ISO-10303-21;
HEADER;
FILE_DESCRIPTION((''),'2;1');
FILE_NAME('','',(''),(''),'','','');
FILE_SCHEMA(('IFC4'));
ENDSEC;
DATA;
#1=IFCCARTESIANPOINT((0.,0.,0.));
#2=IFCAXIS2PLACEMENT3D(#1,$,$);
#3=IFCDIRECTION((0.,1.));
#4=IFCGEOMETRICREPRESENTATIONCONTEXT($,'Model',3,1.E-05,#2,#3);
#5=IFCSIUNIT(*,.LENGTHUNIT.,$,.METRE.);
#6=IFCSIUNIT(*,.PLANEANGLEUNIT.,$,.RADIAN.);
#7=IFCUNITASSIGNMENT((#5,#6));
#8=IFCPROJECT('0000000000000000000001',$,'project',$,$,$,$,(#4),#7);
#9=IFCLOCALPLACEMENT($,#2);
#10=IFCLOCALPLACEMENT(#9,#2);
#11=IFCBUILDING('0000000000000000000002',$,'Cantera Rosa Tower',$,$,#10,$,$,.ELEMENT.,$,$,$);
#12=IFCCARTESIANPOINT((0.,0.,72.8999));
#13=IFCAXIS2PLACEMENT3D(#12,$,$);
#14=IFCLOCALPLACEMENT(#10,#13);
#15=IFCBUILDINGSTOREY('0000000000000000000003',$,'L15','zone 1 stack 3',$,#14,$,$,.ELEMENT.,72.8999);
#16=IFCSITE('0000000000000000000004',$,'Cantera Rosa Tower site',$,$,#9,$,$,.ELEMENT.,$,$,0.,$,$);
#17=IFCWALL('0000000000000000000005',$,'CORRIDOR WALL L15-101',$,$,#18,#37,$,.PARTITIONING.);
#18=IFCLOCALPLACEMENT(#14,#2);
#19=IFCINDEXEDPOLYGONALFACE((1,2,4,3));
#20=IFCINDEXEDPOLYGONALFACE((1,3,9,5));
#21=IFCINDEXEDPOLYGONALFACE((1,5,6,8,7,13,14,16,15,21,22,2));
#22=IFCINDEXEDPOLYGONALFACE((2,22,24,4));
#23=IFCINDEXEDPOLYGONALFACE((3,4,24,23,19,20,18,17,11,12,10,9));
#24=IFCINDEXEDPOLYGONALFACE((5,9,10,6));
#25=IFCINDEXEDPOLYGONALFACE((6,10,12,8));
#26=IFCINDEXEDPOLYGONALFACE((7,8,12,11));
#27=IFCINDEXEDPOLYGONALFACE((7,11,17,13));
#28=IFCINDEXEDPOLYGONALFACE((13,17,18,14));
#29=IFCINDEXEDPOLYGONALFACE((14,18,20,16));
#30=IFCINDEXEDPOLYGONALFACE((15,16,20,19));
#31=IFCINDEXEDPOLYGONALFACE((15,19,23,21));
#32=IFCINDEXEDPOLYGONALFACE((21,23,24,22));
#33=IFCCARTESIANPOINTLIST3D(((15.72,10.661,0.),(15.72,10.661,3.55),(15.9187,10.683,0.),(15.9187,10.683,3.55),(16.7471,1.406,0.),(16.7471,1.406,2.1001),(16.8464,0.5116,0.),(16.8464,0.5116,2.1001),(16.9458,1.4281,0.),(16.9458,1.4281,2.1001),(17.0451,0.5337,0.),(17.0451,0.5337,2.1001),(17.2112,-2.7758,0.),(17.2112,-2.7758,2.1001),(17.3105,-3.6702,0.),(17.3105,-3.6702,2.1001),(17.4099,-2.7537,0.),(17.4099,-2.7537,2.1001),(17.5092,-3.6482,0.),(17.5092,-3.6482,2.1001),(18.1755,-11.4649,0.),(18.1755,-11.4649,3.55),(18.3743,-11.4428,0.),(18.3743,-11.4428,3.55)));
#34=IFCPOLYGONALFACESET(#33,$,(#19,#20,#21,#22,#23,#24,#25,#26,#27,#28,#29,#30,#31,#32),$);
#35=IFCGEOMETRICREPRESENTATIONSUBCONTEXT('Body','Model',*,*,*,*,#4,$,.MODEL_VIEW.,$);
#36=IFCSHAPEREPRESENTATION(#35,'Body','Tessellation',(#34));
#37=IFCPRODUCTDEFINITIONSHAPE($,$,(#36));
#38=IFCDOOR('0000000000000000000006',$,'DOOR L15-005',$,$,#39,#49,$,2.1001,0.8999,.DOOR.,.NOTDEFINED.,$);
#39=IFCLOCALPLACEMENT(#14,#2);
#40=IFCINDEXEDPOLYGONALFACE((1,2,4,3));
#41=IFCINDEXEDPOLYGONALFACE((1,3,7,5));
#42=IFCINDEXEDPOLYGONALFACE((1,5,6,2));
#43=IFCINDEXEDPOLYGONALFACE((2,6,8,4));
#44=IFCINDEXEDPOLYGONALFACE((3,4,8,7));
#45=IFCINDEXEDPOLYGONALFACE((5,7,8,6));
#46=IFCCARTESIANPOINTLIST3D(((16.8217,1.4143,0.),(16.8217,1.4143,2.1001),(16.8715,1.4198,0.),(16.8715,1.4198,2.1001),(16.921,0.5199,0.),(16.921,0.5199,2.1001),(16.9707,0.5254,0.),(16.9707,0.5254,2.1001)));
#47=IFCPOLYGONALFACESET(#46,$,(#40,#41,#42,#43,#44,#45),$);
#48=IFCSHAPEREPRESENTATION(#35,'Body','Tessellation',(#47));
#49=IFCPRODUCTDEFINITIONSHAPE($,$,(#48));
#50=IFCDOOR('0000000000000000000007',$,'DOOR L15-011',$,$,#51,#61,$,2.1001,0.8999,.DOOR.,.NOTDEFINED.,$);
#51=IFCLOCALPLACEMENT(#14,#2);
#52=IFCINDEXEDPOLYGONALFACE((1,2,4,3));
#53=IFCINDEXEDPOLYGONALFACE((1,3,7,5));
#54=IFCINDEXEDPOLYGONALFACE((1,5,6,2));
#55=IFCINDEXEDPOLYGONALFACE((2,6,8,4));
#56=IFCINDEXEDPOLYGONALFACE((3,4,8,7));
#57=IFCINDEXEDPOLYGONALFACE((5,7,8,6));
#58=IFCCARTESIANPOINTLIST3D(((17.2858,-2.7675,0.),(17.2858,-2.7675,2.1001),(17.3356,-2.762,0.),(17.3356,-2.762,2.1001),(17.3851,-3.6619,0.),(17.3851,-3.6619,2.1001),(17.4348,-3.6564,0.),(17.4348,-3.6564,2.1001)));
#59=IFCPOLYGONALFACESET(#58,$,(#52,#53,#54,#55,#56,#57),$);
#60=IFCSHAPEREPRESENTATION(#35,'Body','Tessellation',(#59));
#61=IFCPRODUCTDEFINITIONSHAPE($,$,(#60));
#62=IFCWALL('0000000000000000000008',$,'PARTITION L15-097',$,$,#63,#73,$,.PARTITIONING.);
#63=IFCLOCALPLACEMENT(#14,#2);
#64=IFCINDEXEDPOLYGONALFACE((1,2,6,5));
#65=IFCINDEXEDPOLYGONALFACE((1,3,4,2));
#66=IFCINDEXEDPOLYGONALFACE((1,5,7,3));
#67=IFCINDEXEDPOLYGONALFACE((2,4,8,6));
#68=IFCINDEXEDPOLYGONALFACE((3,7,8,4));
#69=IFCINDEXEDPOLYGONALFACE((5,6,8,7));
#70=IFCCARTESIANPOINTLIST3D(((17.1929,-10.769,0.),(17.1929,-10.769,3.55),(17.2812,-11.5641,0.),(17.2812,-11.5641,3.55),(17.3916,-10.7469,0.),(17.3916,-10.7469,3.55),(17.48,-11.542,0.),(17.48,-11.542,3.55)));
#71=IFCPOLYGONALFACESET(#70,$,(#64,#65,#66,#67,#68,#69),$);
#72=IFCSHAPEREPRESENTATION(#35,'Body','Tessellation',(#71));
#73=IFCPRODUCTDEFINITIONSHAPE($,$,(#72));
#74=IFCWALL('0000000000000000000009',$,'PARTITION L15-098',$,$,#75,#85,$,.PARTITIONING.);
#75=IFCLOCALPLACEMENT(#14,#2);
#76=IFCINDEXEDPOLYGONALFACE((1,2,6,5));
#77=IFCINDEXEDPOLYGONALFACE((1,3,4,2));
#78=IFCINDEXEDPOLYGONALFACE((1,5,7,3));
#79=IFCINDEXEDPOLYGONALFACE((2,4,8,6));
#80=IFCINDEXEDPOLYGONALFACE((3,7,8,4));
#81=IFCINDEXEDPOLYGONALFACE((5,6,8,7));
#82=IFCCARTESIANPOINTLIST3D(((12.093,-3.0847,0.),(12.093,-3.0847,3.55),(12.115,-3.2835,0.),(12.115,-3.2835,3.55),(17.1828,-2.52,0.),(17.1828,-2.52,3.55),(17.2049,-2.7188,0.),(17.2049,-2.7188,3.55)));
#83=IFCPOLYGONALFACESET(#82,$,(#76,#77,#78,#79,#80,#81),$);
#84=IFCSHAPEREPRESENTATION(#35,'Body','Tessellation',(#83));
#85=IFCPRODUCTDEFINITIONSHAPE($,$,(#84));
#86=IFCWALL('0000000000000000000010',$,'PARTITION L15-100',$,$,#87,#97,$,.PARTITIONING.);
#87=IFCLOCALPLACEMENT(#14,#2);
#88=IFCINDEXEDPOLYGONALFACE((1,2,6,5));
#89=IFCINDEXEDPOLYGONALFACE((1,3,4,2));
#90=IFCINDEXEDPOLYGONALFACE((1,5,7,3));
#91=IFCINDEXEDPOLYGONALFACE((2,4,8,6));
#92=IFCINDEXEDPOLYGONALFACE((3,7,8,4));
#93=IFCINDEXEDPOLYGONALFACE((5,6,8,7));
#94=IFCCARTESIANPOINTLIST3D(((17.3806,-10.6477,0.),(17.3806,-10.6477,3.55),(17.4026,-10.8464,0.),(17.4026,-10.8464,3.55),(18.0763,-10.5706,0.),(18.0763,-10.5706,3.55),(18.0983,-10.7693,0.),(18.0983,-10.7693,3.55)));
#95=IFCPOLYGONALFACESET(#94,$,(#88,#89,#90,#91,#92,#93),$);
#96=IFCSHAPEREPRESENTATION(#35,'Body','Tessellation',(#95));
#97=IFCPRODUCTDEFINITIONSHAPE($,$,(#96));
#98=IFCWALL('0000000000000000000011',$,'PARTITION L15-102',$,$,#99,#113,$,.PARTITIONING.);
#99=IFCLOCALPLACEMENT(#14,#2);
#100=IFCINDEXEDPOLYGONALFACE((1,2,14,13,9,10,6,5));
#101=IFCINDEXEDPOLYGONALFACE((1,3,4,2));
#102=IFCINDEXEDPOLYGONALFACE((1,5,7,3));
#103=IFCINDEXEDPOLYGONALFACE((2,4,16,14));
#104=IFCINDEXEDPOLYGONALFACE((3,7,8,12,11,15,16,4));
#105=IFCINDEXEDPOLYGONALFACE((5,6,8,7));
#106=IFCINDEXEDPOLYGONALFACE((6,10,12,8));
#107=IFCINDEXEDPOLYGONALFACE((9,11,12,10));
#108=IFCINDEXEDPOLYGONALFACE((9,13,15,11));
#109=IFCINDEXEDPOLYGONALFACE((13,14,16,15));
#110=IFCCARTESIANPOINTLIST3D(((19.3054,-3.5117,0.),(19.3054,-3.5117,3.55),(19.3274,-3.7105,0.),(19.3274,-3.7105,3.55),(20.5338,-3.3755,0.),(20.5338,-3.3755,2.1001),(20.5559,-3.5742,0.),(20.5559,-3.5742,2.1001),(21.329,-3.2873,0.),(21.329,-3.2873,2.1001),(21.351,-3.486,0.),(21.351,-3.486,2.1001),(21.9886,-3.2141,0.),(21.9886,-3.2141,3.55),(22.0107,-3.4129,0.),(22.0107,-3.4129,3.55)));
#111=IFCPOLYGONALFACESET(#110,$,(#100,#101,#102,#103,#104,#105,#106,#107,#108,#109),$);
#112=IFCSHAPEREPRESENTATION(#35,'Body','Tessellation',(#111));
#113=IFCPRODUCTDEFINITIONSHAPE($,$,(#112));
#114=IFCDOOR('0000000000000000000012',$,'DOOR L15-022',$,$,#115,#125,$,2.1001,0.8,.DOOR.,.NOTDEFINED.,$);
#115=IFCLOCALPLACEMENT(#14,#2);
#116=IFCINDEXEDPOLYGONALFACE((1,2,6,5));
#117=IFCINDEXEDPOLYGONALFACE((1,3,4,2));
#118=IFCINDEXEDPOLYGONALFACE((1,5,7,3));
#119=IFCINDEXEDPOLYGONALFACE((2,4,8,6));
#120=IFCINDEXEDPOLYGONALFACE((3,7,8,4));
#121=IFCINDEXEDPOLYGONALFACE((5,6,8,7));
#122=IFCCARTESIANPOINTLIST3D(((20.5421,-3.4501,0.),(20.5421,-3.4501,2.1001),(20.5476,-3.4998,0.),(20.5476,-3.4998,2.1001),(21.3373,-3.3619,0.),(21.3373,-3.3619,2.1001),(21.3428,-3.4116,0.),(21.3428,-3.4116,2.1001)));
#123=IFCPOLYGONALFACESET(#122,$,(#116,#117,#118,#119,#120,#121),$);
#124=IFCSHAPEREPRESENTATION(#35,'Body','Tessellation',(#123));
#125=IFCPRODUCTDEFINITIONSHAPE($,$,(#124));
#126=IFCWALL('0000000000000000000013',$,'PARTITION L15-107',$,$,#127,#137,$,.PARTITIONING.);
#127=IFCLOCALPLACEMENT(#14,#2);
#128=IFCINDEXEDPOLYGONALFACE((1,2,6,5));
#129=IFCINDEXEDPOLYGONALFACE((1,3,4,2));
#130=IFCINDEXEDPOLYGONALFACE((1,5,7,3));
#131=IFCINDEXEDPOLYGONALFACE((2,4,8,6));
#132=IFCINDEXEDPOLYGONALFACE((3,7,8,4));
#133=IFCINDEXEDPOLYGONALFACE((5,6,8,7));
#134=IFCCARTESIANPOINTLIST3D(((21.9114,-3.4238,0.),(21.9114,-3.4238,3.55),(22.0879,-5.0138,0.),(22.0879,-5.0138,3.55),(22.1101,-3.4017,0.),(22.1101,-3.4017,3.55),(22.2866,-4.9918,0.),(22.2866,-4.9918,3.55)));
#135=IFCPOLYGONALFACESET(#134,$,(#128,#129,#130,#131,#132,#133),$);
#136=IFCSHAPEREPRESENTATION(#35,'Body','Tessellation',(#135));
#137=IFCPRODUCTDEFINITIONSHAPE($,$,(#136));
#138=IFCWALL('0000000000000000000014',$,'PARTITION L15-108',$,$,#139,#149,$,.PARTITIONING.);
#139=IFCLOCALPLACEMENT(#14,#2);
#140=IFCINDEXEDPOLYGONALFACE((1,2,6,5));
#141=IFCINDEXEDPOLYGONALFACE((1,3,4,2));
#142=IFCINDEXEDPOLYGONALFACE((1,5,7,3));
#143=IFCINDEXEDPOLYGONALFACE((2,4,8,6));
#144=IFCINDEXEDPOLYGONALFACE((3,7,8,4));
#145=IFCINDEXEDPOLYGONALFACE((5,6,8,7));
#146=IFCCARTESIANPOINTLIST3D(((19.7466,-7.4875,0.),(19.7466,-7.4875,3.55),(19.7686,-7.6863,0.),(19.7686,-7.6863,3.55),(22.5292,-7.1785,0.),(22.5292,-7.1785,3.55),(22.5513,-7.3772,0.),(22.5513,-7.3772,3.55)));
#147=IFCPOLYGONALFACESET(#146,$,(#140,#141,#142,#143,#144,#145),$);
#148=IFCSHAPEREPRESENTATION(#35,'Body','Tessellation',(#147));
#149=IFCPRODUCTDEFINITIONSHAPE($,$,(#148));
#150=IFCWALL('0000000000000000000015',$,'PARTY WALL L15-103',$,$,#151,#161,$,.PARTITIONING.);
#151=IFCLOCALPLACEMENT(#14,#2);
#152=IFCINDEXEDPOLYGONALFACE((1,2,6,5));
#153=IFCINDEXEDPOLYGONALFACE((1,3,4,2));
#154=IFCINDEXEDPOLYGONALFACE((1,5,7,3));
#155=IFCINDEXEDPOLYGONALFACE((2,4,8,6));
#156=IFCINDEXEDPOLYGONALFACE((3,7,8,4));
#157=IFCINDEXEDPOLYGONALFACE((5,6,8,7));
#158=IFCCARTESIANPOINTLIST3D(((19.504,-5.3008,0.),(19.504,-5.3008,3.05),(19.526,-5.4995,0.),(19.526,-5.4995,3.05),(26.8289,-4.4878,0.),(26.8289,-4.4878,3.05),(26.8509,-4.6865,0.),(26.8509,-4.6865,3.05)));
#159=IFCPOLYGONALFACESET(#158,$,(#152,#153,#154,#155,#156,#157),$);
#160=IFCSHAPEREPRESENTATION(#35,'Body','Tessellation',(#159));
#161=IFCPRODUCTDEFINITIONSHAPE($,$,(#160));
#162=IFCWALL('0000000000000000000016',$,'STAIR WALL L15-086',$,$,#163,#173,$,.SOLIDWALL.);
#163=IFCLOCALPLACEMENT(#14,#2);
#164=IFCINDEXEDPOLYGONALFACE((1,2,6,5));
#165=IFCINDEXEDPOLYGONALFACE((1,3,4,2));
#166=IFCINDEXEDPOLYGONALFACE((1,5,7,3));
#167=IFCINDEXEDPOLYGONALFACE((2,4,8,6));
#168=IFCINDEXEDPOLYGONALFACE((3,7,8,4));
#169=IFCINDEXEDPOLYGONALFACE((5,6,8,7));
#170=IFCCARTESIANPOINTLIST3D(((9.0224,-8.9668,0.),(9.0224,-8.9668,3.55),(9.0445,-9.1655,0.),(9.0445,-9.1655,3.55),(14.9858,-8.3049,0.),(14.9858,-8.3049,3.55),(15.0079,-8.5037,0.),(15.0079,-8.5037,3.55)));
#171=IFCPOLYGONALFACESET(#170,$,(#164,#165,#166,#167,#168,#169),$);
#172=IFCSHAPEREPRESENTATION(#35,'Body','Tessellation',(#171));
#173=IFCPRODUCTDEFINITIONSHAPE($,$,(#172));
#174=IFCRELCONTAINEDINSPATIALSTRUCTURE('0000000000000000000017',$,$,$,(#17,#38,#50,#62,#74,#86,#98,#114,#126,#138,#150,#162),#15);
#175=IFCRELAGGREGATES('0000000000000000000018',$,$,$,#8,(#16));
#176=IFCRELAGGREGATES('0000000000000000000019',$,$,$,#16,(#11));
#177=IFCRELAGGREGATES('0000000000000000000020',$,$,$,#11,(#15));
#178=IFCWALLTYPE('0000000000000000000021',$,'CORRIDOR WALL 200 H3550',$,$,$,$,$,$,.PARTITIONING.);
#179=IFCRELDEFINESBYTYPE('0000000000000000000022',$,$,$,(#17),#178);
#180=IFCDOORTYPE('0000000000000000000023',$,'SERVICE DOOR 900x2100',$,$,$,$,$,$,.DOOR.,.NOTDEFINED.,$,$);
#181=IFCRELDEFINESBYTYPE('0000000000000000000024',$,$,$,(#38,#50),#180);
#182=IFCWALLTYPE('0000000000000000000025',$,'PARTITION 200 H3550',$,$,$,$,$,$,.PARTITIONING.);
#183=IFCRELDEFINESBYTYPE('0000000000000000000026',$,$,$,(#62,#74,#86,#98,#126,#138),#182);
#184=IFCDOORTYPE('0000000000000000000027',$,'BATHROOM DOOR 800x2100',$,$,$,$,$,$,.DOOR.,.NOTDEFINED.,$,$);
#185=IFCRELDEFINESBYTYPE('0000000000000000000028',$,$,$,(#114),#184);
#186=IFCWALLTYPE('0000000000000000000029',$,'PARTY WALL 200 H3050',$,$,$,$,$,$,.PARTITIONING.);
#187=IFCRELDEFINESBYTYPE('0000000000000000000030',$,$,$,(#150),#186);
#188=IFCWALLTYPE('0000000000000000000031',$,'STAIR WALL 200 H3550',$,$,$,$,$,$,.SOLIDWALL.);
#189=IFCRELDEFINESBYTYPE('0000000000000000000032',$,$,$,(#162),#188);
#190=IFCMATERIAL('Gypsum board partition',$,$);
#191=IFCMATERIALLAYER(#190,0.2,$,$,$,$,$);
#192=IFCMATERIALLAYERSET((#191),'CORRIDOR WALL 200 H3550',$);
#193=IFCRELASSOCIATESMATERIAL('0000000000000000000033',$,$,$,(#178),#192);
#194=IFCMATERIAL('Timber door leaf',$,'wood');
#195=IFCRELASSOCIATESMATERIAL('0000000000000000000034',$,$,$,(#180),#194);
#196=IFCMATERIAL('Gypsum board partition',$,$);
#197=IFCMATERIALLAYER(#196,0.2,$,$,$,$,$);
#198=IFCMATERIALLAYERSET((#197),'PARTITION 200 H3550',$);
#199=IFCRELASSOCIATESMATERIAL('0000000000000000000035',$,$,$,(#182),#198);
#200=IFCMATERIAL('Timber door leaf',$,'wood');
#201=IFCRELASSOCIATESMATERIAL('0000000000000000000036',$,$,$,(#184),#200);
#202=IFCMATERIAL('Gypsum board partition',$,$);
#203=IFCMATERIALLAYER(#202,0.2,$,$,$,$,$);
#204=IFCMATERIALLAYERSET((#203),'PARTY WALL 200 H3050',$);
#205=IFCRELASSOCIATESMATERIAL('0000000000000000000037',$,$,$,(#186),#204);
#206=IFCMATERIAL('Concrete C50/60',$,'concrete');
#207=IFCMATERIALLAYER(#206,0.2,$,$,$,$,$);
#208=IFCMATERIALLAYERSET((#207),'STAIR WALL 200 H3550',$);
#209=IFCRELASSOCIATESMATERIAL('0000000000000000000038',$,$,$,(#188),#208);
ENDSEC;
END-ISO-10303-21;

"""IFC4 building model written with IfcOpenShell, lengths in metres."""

from ifc_helpers import new_model, si_unit, direction, frame, frame_2d, origin, place, context, subcontext, project, spatial, rectangle, extrude, material, layer, layer_set, type_object, element, fill, save


model = new_model("IFC4")

# Units and contexts
model_context = context("Model", 3, precision=1e-05, world=origin(), true_north=direction((0.0, 1.0)))
body_context = subcontext(model_context, "Body", "Model", "MODEL_VIEW")
ifc_project = project(units=[si_unit("LENGTHUNIT", "METRE"), si_unit("PLANEANGLEUNIT", "RADIAN")], contexts=[model_context])

# Site, building, storey
site_placement = place(None, origin())
site = spatial("IfcSite", under=ifc_project, at=site_placement, Name="Cantera Rosa Tower site", CompositionType="ELEMENT", RefElevation=0.0)
building_placement = place(site_placement, origin())
building = spatial("IfcBuilding", under=site, at=building_placement, Name="Cantera Rosa Tower", CompositionType="ELEMENT")
storey_placement = place(building_placement, frame((0.0, 0.0, 72.8999)))
storey = spatial("IfcBuildingStorey", under=building, at=storey_placement, Name="L15", Description="zone 1 stack 3", CompositionType="ELEMENT", Elevation=72.8999)

# Shared definitions
ifc_material_1 = material(Name="Gypsum board partition")
ifc_layer_1 = layer(ifc_material_1, 0.2)
ifc_layer_set_1 = layer_set([ifc_layer_1], Name="CORRIDOR WALL 200 H3550")
wall_type_1 = type_object("IfcWallType", Name="CORRIDOR WALL 200 H3550", PredefinedType="PARTITIONING", material=ifc_layer_set_1)

# Wall, openings, doors
wall_1_placement = place(storey_placement, frame((18.2749, -11.4539, 0.0), z_axis=(0.0, 0.0, 1.0), x_axis=(-0.110304, 0.993898, 0.0)))
wall_1 = element("IfcWall", 1, at=wall_1_placement, inside=storey, type_object=wall_type_1, Name="CORRIDOR WALL L15-101", PredefinedType="PARTITIONING", context=body_context, shape_type="SweptSolid", body=[
    extrude(rectangle(XDim=22.2617, YDim=0.2, at=frame_2d((11.1309, 0.0))), origin(), (0.0, 0.0, 1.0), 3.55),
])
opening_1_placement = place(wall_1_placement, frame((12.05, 0.0, 0.0)))
opening_1 = element("IfcOpeningElement", 2, at=opening_1_placement, cuts=wall_1, PredefinedType="OPENING", context=body_context, shape_type="SweptSolid", body=[
    extrude(rectangle(XDim=0.8999, YDim=2.1001, at=frame_2d((0.45, 1.05))), frame((0.0, 0.1099, 0.0), z_axis=(0.0, -1.0, 0.0), x_axis=(1.0, 0.0, 0.0)), (0.0, 0.0, 1.0), 0.22),
])
opening_2_placement = place(wall_1_placement, frame((7.8425, 0.0, 0.0)))
opening_2 = element("IfcOpeningElement", 3, at=opening_2_placement, cuts=wall_1, PredefinedType="OPENING", context=body_context, shape_type="SweptSolid", body=[
    extrude(rectangle(XDim=0.8999, YDim=2.1001, at=frame_2d((0.45, 1.05))), frame((0.0, 0.1099, 0.0), z_axis=(0.0, -1.0, 0.0), x_axis=(1.0, 0.0, 0.0)), (0.0, 0.0, 1.0), 0.22),
])
ifc_material_2 = material(Name="Timber door leaf", Category="wood")
door_type_1 = type_object("IfcDoorType", Name="SERVICE DOOR 900x2100", OperationType="NOTDEFINED", PredefinedType="DOOR", material=ifc_material_2)
door_1_placement = place(opening_1_placement, origin())
door_1 = element("IfcDoor", 4, at=door_1_placement, inside=storey, type_object=door_type_1, Name="DOOR L15-005", OperationType="NOTDEFINED", OverallHeight=2.1001, OverallWidth=0.8999, PredefinedType="DOOR", context=body_context, shape_type="SweptSolid", body=[
    extrude(rectangle(XDim=0.8999, YDim=2.1001, at=frame_2d((0.45, 1.05))), frame((0.0, 0.0249, 0.0), z_axis=(0.0, -1.0, 0.0), x_axis=(1.0, 0.0, 0.0)), (0.0, 0.0, 1.0), 0.05),
])
fill(opening_1, door_1)
door_2_placement = place(opening_2_placement, origin())
door_2 = element("IfcDoor", 5, at=door_2_placement, inside=storey, type_object=door_type_1, Name="DOOR L15-011", OperationType="NOTDEFINED", OverallHeight=2.1001, OverallWidth=0.8999, PredefinedType="DOOR", context=body_context, shape_type="SweptSolid", body=[
    extrude(rectangle(XDim=0.8999, YDim=2.1001, at=frame_2d((0.45, 1.05))), frame((0.0, 0.0249, 0.0), z_axis=(0.0, -1.0, 0.0), x_axis=(1.0, 0.0, 0.0)), (0.0, 0.0, 1.0), 0.05),
])
fill(opening_2, door_2)

# Walls
ifc_material_3 = material(Name="Gypsum board partition")
ifc_layer_2 = layer(ifc_material_3, 0.2)
ifc_layer_set_2 = layer_set([ifc_layer_2], Name="PARTITION 200 H3550")
wall_type_2 = type_object("IfcWallType", Name="PARTITION 200 H3550", PredefinedType="PARTITIONING", material=ifc_layer_set_2)
wall_2_placement = place(storey_placement, frame((17.2922, -10.7581, 0.0), z_axis=(0.0, 0.0, 1.0), x_axis=(0.110465, -0.99388, 0.0)))
element("IfcWall", 6, at=wall_2_placement, inside=storey, type_object=wall_type_2, Name="PARTITION L15-097", PredefinedType="PARTITIONING", context=body_context, shape_type="SweptSolid", body=[
    extrude(rectangle(XDim=0.8, YDim=0.2, at=frame_2d((0.3999, 0.0))), origin(), (0.0, 0.0, 1.0), 3.55),
])
wall_3_placement = place(storey_placement, frame((17.1938, -2.6194, 0.0), z_axis=(0.0, 0.0, 1.0), x_axis=(-0.993902, -0.110269, 0.0)))
element("IfcWall", 7, at=wall_3_placement, inside=storey, type_object=wall_type_2, Name="PARTITION L15-098", PredefinedType="PARTITIONING", context=body_context, shape_type="SweptSolid", body=[
    extrude(rectangle(XDim=5.1211, YDim=0.2, at=frame_2d((2.5605, 0.0))), origin(), (0.0, 0.0, 1.0), 3.55),
])
wall_4_placement = place(storey_placement, frame((18.0874, -10.6699, 0.0), z_axis=(0.0, 0.0, 1.0), x_axis=(-0.993909, -0.110202, 0.0)))
element("IfcWall", 8, at=wall_4_placement, inside=storey, type_object=wall_type_2, Name="PARTITION L15-100", PredefinedType="PARTITIONING", context=body_context, shape_type="SweptSolid", body=[
    extrude(rectangle(XDim=0.7, YDim=0.2, at=frame_2d((0.3501, 0.0))), origin(), (0.0, 0.0, 1.0), 3.55),
])

# Wall, opening, door
wall_5_placement = place(storey_placement, frame((19.3164, -3.6111, 0.0), z_axis=(0.0, 0.0, 1.0), x_axis=(0.993906, 0.110233, 0.0)))
wall_5 = element("IfcWall", 9, at=wall_5_placement, inside=storey, type_object=wall_type_2, Name="PARTITION L15-102", PredefinedType="PARTITIONING", context=body_context, shape_type="SweptSolid", body=[
    extrude(rectangle(XDim=2.6997, YDim=0.2, at=frame_2d((1.3499, 0.0))), origin(), (0.0, 0.0, 1.0), 3.55),
])
opening_3_placement = place(wall_5_placement, frame((1.2361, 0.0, 0.0)))
opening_3 = element("IfcOpeningElement", 10, at=opening_3_placement, cuts=wall_5, PredefinedType="OPENING", context=body_context, shape_type="SweptSolid", body=[
    extrude(rectangle(XDim=0.8, YDim=2.1001, at=frame_2d((0.3999, 1.05))), frame((0.0, 0.1099, 0.0), z_axis=(0.0, -1.0, 0.0), x_axis=(1.0, 0.0, 0.0)), (0.0, 0.0, 1.0), 0.22),
])
ifc_material_4 = material(Name="Timber door leaf", Category="wood")
door_type_2 = type_object("IfcDoorType", Name="BATHROOM DOOR 800x2100", OperationType="NOTDEFINED", PredefinedType="DOOR", material=ifc_material_4)
door_3_placement = place(opening_3_placement, origin())
door_3 = element("IfcDoor", 11, at=door_3_placement, inside=storey, type_object=door_type_2, Name="DOOR L15-022", OperationType="NOTDEFINED", OverallHeight=2.1001, OverallWidth=0.8, PredefinedType="DOOR", context=body_context, shape_type="SweptSolid", body=[
    extrude(rectangle(XDim=0.8, YDim=2.1001, at=frame_2d((0.3999, 1.05))), frame((0.0, 0.0249, 0.0), z_axis=(0.0, -1.0, 0.0), x_axis=(1.0, 0.0, 0.0)), (0.0, 0.0, 1.0), 0.05),
])
fill(opening_3, door_3)

# Walls
wall_6_placement = place(storey_placement, frame((22.0107, -3.4128, 0.0), z_axis=(0.0, 0.0, 1.0), x_axis=(0.110331, -0.993895, 0.0)))
element("IfcWall", 12, at=wall_6_placement, inside=storey, type_object=wall_type_2, Name="PARTITION L15-107", PredefinedType="PARTITIONING", context=body_context, shape_type="SweptSolid", body=[
    extrude(rectangle(XDim=1.5999, YDim=0.2, at=frame_2d((0.7998, 0.0))), origin(), (0.0, 0.0, 1.0), 3.55),
])
wall_7_placement = place(storey_placement, frame((22.5403, -7.2778, 0.0), z_axis=(0.0, 0.0, 1.0), x_axis=(-0.993888, -0.110393, 0.0)))
element("IfcWall", 13, at=wall_7_placement, inside=storey, type_object=wall_type_2, Name="PARTITION L15-108", PredefinedType="PARTITIONING", context=body_context, shape_type="SweptSolid", body=[
    extrude(rectangle(XDim=2.7998, YDim=0.2, at=frame_2d((1.3999, 0.0))), origin(), (0.0, 0.0, 1.0), 3.55),
])
ifc_material_5 = material(Name="Gypsum board partition")
ifc_layer_3 = layer(ifc_material_5, 0.2)
ifc_layer_set_3 = layer_set([ifc_layer_3], Name="PARTY WALL 200 H3050")
wall_type_3 = type_object("IfcWallType", Name="PARTY WALL 200 H3050", PredefinedType="PARTITIONING", material=ifc_layer_set_3)
wall_8_placement = place(storey_placement, frame((19.5149, -5.4001, 0.0), z_axis=(0.0, 0.0, 1.0), x_axis=(0.993897, 0.110312, 0.0)))
element("IfcWall", 14, at=wall_8_placement, inside=storey, type_object=wall_type_3, Name="PARTY WALL L15-103", PredefinedType="PARTITIONING", context=body_context, shape_type="SweptSolid", body=[
    extrude(rectangle(XDim=7.3699, YDim=0.2, at=frame_2d((3.6851, 0.0))), origin(), (0.0, 0.0, 1.0), 3.05),
])
ifc_material_6 = material(Name="Concrete C50/60", Category="concrete")
ifc_layer_4 = layer(ifc_material_6, 0.2)
ifc_layer_set_4 = layer_set([ifc_layer_4], Name="STAIR WALL 200 H3550")
wall_type_4 = type_object("IfcWallType", Name="STAIR WALL 200 H3550", PredefinedType="SOLIDWALL", material=ifc_layer_set_4)
wall_9_placement = place(storey_placement, frame((14.9968, -8.4043, 0.0), z_axis=(0.0, 0.0, 1.0), x_axis=(-0.993897, -0.110311, 0.0)))
element("IfcWall", 15, at=wall_9_placement, inside=storey, type_object=wall_type_4, Name="STAIR WALL L15-086", PredefinedType="SOLIDWALL", context=body_context, shape_type="SweptSolid", body=[
    extrude(rectangle(XDim=6.0, YDim=0.2, at=frame_2d((3.0, 0.0))), origin(), (0.0, 0.0, 1.0), 3.55),
])

save(model, "model.ifc")
